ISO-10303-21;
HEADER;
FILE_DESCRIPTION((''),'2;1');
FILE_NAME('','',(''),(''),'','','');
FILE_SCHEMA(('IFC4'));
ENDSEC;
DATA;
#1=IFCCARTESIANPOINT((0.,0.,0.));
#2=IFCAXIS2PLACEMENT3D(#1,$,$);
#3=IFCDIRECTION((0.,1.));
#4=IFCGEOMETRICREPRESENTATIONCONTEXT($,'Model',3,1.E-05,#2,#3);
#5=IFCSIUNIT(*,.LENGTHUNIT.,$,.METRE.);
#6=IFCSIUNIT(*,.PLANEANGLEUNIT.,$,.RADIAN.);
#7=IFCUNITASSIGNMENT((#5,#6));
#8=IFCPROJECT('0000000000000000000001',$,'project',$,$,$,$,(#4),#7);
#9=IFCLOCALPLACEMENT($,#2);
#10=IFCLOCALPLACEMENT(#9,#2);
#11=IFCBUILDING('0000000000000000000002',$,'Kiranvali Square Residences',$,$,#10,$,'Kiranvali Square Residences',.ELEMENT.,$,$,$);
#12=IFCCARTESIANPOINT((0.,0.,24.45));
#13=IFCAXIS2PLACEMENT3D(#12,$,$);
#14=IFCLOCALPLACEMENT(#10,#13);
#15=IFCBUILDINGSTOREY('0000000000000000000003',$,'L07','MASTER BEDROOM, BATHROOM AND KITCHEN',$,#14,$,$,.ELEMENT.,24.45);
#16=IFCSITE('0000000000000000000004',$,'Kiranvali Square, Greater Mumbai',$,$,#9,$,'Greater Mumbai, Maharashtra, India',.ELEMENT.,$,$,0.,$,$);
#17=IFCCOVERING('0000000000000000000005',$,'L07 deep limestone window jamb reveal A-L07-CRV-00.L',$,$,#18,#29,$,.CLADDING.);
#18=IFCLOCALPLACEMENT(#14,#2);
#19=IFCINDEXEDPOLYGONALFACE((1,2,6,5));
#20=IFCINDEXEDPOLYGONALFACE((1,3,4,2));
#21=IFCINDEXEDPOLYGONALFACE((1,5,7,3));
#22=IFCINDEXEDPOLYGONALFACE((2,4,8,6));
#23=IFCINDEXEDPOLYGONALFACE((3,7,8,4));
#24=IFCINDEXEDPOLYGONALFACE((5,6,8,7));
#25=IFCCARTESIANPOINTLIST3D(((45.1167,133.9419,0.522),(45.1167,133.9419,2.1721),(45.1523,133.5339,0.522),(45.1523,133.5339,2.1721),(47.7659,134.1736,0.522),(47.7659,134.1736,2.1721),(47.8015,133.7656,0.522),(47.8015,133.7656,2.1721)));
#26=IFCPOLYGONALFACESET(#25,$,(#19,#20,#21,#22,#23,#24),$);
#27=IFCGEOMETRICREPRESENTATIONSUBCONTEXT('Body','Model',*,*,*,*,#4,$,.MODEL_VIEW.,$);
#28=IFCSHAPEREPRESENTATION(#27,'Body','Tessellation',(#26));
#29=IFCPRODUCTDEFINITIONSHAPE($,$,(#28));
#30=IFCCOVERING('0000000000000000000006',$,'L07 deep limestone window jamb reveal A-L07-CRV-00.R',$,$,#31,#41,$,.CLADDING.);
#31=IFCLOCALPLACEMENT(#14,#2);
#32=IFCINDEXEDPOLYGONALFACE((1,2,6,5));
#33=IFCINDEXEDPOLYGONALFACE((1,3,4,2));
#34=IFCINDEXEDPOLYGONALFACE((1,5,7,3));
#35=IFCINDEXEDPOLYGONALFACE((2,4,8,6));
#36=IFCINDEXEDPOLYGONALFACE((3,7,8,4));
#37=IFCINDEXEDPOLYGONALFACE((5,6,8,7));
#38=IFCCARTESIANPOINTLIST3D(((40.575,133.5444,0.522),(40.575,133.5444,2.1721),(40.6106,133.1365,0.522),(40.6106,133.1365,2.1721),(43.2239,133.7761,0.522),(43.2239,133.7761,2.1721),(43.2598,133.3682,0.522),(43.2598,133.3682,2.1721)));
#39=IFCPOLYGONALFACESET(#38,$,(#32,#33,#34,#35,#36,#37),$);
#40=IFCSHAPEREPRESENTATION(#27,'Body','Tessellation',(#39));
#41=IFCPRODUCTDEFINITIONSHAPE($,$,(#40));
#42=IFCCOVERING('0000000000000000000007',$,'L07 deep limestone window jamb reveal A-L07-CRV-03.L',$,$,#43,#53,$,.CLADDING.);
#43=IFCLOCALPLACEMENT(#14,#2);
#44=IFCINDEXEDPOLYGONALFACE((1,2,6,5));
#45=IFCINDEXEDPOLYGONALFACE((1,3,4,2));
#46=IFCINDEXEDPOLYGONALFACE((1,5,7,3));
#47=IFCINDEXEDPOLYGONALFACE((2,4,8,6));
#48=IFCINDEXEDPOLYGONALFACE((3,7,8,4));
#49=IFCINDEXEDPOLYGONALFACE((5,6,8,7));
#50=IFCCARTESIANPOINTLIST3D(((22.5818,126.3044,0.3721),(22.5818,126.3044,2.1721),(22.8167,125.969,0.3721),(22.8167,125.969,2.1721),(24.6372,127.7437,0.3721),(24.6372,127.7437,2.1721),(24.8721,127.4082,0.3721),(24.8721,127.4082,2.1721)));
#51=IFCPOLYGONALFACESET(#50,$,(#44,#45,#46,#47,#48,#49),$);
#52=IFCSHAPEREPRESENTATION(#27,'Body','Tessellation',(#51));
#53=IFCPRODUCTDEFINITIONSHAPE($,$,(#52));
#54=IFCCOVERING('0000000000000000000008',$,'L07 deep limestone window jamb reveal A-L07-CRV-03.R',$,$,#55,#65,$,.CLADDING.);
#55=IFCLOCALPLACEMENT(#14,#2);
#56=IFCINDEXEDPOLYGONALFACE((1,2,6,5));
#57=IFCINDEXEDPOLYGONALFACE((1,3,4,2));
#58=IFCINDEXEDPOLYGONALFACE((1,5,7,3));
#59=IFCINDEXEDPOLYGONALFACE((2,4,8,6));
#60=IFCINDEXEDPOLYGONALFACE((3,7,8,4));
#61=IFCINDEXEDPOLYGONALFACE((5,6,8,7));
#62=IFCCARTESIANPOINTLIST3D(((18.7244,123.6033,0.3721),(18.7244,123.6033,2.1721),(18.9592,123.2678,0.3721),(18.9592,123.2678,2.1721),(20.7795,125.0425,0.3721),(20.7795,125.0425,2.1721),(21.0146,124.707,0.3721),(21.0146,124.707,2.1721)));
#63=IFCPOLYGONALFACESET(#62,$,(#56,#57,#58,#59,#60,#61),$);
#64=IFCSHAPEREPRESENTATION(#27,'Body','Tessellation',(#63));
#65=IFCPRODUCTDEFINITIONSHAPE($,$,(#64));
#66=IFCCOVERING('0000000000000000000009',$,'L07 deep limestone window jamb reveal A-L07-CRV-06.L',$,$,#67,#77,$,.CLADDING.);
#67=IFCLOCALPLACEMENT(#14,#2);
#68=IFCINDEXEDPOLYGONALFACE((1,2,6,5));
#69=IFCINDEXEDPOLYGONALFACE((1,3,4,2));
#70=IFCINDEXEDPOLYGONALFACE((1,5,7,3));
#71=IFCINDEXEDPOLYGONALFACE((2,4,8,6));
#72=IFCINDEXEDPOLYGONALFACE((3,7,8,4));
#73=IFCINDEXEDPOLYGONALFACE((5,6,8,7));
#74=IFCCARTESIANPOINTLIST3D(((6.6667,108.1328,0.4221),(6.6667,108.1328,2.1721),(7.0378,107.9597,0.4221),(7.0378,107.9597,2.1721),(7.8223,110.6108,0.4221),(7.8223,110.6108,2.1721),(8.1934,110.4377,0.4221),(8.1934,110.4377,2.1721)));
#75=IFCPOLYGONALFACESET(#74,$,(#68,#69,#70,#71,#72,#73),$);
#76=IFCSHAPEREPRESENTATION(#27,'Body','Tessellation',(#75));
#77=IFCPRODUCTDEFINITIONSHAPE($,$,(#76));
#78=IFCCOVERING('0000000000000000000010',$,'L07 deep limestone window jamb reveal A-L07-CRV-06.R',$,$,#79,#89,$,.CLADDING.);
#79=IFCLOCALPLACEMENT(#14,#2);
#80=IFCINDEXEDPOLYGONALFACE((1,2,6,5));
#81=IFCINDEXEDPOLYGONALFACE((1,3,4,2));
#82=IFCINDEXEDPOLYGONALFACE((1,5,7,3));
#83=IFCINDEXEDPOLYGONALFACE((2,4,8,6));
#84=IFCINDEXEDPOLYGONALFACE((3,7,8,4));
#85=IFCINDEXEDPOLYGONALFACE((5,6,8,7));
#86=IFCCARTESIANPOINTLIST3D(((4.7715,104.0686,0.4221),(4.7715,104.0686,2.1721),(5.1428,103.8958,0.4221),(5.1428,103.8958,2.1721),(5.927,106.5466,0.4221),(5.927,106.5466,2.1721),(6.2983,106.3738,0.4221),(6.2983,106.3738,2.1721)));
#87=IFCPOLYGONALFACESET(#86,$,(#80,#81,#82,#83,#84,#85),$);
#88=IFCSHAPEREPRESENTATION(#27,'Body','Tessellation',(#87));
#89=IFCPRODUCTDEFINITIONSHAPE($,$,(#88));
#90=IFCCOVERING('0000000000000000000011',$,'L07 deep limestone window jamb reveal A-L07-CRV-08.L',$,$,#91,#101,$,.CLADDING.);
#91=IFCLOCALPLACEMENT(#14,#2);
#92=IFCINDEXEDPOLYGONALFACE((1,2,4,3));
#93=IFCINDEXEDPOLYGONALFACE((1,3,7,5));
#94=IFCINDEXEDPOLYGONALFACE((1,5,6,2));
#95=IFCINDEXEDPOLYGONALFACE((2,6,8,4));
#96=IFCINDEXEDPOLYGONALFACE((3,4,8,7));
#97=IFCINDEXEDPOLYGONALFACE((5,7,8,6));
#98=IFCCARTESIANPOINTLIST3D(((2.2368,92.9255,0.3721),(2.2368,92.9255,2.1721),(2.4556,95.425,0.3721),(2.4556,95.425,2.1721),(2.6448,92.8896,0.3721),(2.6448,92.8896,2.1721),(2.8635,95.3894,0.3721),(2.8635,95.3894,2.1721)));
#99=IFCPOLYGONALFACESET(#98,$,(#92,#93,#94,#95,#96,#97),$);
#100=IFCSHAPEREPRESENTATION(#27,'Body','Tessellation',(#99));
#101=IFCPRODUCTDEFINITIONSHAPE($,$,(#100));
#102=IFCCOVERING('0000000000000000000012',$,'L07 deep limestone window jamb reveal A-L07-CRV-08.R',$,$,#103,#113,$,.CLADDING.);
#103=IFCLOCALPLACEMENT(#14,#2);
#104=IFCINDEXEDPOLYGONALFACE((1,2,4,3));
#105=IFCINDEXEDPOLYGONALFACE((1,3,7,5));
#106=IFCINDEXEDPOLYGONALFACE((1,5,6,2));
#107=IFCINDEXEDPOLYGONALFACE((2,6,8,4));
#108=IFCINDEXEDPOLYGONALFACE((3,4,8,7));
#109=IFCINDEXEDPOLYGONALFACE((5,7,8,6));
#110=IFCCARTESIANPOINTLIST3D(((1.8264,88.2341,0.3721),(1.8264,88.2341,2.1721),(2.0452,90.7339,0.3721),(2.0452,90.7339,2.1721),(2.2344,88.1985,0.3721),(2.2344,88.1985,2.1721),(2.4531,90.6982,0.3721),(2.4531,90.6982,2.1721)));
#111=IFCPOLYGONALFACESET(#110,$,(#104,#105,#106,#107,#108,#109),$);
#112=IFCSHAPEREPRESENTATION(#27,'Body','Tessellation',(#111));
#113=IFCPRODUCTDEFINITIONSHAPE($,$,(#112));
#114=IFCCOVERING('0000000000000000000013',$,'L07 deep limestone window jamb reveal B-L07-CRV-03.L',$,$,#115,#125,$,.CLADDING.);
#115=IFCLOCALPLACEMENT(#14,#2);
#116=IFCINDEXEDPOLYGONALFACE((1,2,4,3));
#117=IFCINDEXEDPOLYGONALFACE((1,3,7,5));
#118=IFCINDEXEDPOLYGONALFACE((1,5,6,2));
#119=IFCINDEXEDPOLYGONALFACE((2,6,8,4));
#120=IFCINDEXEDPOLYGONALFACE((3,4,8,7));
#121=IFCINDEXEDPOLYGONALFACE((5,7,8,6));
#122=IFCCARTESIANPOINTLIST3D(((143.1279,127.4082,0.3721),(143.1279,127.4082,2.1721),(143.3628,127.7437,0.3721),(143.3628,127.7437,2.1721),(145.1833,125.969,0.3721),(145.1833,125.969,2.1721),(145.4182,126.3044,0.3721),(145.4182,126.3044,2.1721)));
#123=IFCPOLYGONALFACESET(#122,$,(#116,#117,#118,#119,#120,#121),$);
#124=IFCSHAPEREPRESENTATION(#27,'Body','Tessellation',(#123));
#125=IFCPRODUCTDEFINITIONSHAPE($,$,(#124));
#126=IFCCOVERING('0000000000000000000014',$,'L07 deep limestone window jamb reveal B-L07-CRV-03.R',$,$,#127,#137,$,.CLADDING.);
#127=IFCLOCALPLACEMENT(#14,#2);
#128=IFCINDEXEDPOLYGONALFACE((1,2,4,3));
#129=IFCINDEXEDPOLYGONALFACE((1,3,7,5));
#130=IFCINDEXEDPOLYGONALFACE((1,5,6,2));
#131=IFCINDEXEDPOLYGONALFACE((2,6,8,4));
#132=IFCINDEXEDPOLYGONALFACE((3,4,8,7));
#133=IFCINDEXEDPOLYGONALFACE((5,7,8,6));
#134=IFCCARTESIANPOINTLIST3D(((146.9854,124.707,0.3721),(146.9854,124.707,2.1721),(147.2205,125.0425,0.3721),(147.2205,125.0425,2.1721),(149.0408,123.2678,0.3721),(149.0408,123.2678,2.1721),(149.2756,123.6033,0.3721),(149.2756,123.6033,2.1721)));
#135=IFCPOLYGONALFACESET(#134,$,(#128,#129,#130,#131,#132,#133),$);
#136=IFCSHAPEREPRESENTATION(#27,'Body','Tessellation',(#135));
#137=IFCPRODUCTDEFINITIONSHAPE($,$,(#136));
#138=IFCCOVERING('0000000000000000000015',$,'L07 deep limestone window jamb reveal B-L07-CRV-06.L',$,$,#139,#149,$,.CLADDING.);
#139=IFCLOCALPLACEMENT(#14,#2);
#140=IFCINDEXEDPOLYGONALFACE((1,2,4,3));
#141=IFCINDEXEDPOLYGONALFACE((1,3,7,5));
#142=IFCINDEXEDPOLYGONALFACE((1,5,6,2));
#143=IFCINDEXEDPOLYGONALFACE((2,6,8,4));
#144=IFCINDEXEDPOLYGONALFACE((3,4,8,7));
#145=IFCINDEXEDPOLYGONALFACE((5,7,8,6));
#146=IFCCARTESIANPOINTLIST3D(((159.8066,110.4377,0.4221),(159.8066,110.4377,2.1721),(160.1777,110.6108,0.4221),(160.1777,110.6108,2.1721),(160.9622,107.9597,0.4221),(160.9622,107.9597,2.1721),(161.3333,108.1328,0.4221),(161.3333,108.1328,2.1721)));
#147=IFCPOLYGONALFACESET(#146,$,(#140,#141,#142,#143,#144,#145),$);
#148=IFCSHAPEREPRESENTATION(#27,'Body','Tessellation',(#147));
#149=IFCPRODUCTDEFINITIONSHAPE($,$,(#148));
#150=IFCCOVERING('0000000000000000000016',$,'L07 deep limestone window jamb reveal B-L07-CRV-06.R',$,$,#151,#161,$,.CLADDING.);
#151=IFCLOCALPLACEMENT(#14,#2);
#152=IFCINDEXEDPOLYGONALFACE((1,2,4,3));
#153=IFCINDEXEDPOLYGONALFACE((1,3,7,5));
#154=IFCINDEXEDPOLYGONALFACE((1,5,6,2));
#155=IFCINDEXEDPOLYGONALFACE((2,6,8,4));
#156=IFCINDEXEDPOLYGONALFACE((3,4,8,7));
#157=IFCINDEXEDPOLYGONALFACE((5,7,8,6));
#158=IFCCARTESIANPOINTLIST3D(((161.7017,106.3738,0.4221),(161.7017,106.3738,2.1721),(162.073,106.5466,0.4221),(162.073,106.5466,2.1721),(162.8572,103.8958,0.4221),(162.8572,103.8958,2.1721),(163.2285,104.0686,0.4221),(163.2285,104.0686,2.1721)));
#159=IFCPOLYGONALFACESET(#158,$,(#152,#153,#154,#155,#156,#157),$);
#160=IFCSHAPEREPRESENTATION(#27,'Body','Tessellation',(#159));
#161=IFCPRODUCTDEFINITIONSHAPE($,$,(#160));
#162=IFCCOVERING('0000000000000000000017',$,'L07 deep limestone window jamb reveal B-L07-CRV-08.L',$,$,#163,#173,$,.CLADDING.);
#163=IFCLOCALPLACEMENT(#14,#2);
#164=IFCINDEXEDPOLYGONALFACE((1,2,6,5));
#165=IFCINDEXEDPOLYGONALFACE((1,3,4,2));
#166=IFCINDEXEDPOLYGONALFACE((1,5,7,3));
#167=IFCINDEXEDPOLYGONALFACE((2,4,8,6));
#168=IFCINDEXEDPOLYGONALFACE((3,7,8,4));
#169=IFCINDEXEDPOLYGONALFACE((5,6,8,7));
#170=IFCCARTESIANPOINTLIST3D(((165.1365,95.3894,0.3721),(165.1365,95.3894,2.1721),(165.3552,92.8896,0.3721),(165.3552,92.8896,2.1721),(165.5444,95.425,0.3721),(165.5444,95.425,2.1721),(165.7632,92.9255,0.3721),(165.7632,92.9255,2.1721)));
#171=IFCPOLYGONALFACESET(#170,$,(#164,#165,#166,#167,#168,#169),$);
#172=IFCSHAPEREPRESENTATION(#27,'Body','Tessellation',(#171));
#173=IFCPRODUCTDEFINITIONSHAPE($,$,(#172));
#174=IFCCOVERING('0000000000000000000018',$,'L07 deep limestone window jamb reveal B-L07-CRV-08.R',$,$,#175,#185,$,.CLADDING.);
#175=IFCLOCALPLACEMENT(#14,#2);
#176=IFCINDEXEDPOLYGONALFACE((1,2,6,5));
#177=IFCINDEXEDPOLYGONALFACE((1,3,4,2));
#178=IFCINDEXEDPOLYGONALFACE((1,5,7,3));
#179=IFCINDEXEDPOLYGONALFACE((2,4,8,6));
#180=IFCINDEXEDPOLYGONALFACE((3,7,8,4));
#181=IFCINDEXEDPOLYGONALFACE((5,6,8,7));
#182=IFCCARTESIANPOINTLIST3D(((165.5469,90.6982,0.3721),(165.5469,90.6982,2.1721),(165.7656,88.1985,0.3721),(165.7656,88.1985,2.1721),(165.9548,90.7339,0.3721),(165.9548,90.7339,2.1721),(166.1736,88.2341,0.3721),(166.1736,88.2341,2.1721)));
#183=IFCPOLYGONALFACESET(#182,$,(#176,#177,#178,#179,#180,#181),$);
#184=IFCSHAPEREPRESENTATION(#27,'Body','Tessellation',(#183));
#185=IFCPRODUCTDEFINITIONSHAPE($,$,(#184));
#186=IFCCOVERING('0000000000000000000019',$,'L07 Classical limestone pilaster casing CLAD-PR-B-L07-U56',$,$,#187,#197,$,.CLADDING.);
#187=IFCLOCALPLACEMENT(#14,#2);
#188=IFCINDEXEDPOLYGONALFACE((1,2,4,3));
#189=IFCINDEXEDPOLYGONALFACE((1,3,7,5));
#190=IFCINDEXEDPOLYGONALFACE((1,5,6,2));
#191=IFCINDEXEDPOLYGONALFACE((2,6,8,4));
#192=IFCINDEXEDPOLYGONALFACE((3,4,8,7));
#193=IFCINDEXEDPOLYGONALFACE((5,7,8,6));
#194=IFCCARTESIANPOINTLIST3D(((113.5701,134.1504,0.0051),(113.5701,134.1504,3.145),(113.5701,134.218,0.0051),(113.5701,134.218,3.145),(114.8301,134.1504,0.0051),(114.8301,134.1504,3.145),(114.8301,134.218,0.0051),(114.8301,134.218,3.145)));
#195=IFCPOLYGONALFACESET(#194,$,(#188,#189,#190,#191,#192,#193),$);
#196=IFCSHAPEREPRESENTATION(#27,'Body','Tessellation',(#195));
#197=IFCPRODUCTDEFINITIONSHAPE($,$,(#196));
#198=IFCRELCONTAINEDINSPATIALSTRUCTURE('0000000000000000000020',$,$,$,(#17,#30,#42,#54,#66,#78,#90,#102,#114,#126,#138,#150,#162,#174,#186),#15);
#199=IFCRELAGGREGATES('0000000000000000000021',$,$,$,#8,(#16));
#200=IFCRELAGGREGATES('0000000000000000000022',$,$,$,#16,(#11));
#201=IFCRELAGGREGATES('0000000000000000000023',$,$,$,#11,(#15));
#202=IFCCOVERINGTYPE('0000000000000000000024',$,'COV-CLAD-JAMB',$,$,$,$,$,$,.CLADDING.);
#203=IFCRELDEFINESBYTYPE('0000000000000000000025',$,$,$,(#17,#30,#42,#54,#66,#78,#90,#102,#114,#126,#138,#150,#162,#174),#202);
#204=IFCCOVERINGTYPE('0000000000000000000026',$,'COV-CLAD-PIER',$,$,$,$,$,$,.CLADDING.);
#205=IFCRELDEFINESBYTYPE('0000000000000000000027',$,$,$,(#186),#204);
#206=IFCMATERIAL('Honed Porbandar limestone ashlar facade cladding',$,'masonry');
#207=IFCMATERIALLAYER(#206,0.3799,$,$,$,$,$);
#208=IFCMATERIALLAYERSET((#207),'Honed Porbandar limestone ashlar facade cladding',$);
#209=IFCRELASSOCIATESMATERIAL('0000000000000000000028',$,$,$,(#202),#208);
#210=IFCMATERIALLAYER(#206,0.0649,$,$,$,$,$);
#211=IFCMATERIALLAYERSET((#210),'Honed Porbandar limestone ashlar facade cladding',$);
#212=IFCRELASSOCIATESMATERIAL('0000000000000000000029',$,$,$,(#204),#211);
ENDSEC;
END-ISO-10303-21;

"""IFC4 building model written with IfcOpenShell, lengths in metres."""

from ifc_helpers import new_model, si_unit, direction, frame, origin, place, context, subcontext, project, spatial, polyline, outline, extrude, material, layer, layer_set, type_object, element, save


model = new_model("IFC4")

# Units and contexts
model_context = context("Model", 3, precision=1e-05, world=origin(), true_north=direction((0.0, 1.0)))
body_context = subcontext(model_context, "Body", "Model", "MODEL_VIEW")
ifc_project = project(units=[si_unit("LENGTHUNIT", "METRE"), si_unit("PLANEANGLEUNIT", "RADIAN")], contexts=[model_context])

# Site, building, storey
site_placement = place(None, origin())
site = spatial("IfcSite", under=ifc_project, at=site_placement, Name="Kiranvali Square, Greater Mumbai", LongName="Greater Mumbai, Maharashtra, India", CompositionType="ELEMENT", RefElevation=0.0)
building_placement = place(site_placement, origin())
building = spatial("IfcBuilding", under=site, at=building_placement, Name="Kiranvali Square Residences", LongName="Kiranvali Square Residences", CompositionType="ELEMENT")
storey_placement = place(building_placement, frame((0.0, 0.0, 24.45)))
storey = spatial("IfcBuildingStorey", under=building, at=storey_placement, Name="L07", Description="MASTER BEDROOM, BATHROOM AND KITCHEN", CompositionType="ELEMENT", Elevation=24.45)

# Coverings
ifc_material = material(Name="Honed Porbandar limestone ashlar facade cladding", Category="masonry")
ifc_layer_1 = layer(ifc_material, 0.3799)
ifc_layer_set_1 = layer_set([ifc_layer_1], Name="Honed Porbandar limestone ashlar facade cladding")
covering_type_1 = type_object("IfcCoveringType", Name="COV-CLAD-JAMB", PredefinedType="CLADDING", material=ifc_layer_set_1)
covering_1_placement = place(storey_placement, frame((0.0, 0.0, 0.522)))
element("IfcCovering", 1, at=covering_1_placement, inside=storey, type_object=covering_type_1, Name="L07 deep limestone window jamb reveal A-L07-CRV-00.L", PredefinedType="CLADDING", context=body_context, shape_type="SweptSolid", body=[
    extrude(outline(polyline([(47.7659, 134.1736), (45.1167, 133.9419), (45.1523, 133.5339), (47.8015, 133.7656), (47.7659, 134.1736)])), origin(), (0.0, 0.0, 1.0), 1.6501),
])
covering_2_placement = place(storey_placement, frame((0.0, 0.0, 0.522)))
element("IfcCovering", 2, at=covering_2_placement, inside=storey, type_object=covering_type_1, Name="L07 deep limestone window jamb reveal A-L07-CRV-00.R", PredefinedType="CLADDING", context=body_context, shape_type="SweptSolid", body=[
    extrude(outline(polyline([(43.2239, 133.7761), (40.575, 133.5444), (40.6106, 133.1365), (43.2598, 133.3682), (43.2239, 133.7761)])), origin(), (0.0, 0.0, 1.0), 1.6501),
])
covering_3_placement = place(storey_placement, frame((0.0, 0.0, 0.3721)))
element("IfcCovering", 3, at=covering_3_placement, inside=storey, type_object=covering_type_1, Name="L07 deep limestone window jamb reveal A-L07-CRV-03.L", PredefinedType="CLADDING", context=body_context, shape_type="SweptSolid", body=[
    extrude(outline(polyline([(24.6372, 127.7437), (22.5818, 126.3044), (22.8167, 125.969), (24.8721, 127.4082), (24.6372, 127.7437)])), origin(), (0.0, 0.0, 1.0), 1.8),
])
covering_4_placement = place(storey_placement, frame((0.0, 0.0, 0.3721)))
element("IfcCovering", 4, at=covering_4_placement, inside=storey, type_object=covering_type_1, Name="L07 deep limestone window jamb reveal A-L07-CRV-03.R", PredefinedType="CLADDING", context=body_context, shape_type="SweptSolid", body=[
    extrude(outline(polyline([(20.7795, 125.0425), (18.7244, 123.6033), (18.9592, 123.2678), (21.0146, 124.707), (20.7795, 125.0425)])), origin(), (0.0, 0.0, 1.0), 1.8),
])
covering_5_placement = place(storey_placement, frame((0.0, 0.0, 0.4221)))
element("IfcCovering", 5, at=covering_5_placement, inside=storey, type_object=covering_type_1, Name="L07 deep limestone window jamb reveal A-L07-CRV-06.L", PredefinedType="CLADDING", context=body_context, shape_type="SweptSolid", body=[
    extrude(outline(polyline([(7.8223, 110.6108), (6.6667, 108.1328), (7.0378, 107.9597), (8.1934, 110.4377), (7.8223, 110.6108)])), origin(), (0.0, 0.0, 1.0), 1.75),
])
covering_6_placement = place(storey_placement, frame((0.0, 0.0, 0.4221)))
element("IfcCovering", 6, at=covering_6_placement, inside=storey, type_object=covering_type_1, Name="L07 deep limestone window jamb reveal A-L07-CRV-06.R", PredefinedType="CLADDING", context=body_context, shape_type="SweptSolid", body=[
    extrude(outline(polyline([(5.927, 106.5466), (4.7715, 104.0686), (5.1428, 103.8958), (6.2983, 106.3738), (5.927, 106.5466)])), origin(), (0.0, 0.0, 1.0), 1.75),
])
covering_7_placement = place(storey_placement, frame((0.0, 0.0, 0.3721)))
element("IfcCovering", 7, at=covering_7_placement, inside=storey, type_object=covering_type_1, Name="L07 deep limestone window jamb reveal A-L07-CRV-08.L", PredefinedType="CLADDING", context=body_context, shape_type="SweptSolid", body=[
    extrude(outline(polyline([(2.4556, 95.425), (2.2368, 92.9255), (2.6448, 92.8896), (2.8635, 95.3894), (2.4556, 95.425)])), origin(), (0.0, 0.0, 1.0), 1.8),
])
covering_8_placement = place(storey_placement, frame((0.0, 0.0, 0.3721)))
element("IfcCovering", 8, at=covering_8_placement, inside=storey, type_object=covering_type_1, Name="L07 deep limestone window jamb reveal A-L07-CRV-08.R", PredefinedType="CLADDING", context=body_context, shape_type="SweptSolid", body=[
    extrude(outline(polyline([(2.0452, 90.7339), (1.8264, 88.2341), (2.2344, 88.1985), (2.4531, 90.6982), (2.0452, 90.7339)])), origin(), (0.0, 0.0, 1.0), 1.8),
])
covering_9_placement = place(storey_placement, frame((0.0, 0.0, 0.3721)))
element("IfcCovering", 9, at=covering_9_placement, inside=storey, type_object=covering_type_1, Name="L07 deep limestone window jamb reveal B-L07-CRV-03.L", PredefinedType="CLADDING", context=body_context, shape_type="SweptSolid", body=[
    extrude(outline(polyline([(143.1279, 127.4082), (145.1833, 125.969), (145.4182, 126.3044), (143.3628, 127.7437), (143.1279, 127.4082)])), origin(), (0.0, 0.0, 1.0), 1.8),
])
covering_10_placement = place(storey_placement, frame((0.0, 0.0, 0.3721)))
element("IfcCovering", 10, at=covering_10_placement, inside=storey, type_object=covering_type_1, Name="L07 deep limestone window jamb reveal B-L07-CRV-03.R", PredefinedType="CLADDING", context=body_context, shape_type="SweptSolid", body=[
    extrude(outline(polyline([(146.9854, 124.707), (149.0408, 123.2678), (149.2756, 123.6033), (147.2205, 125.0425), (146.9854, 124.707)])), origin(), (0.0, 0.0, 1.0), 1.8),
])
covering_11_placement = place(storey_placement, frame((0.0, 0.0, 0.4221)))
element("IfcCovering", 11, at=covering_11_placement, inside=storey, type_object=covering_type_1, Name="L07 deep limestone window jamb reveal B-L07-CRV-06.L", PredefinedType="CLADDING", context=body_context, shape_type="SweptSolid", body=[
    extrude(outline(polyline([(159.8066, 110.4377), (160.9622, 107.9597), (161.3333, 108.1328), (160.1777, 110.6108), (159.8066, 110.4377)])), origin(), (0.0, 0.0, 1.0), 1.75),
])
covering_12_placement = place(storey_placement, frame((0.0, 0.0, 0.4221)))
element("IfcCovering", 12, at=covering_12_placement, inside=storey, type_object=covering_type_1, Name="L07 deep limestone window jamb reveal B-L07-CRV-06.R", PredefinedType="CLADDING", context=body_context, shape_type="SweptSolid", body=[
    extrude(outline(polyline([(161.7017, 106.3738), (162.8572, 103.8958), (163.2285, 104.0686), (162.073, 106.5466), (161.7017, 106.3738)])), origin(), (0.0, 0.0, 1.0), 1.75),
])
covering_13_placement = place(storey_placement, frame((0.0, 0.0, 0.3721)))
element("IfcCovering", 13, at=covering_13_placement, inside=storey, type_object=covering_type_1, Name="L07 deep limestone window jamb reveal B-L07-CRV-08.L", PredefinedType="CLADDING", context=body_context, shape_type="SweptSolid", body=[
    extrude(outline(polyline([(165.1365, 95.3894), (165.3552, 92.8896), (165.7632, 92.9255), (165.5444, 95.425), (165.1365, 95.3894)])), origin(), (0.0, 0.0, 1.0), 1.8),
])
covering_14_placement = place(storey_placement, frame((0.0, 0.0, 0.3721)))
element("IfcCovering", 14, at=covering_14_placement, inside=storey, type_object=covering_type_1, Name="L07 deep limestone window jamb reveal B-L07-CRV-08.R", PredefinedType="CLADDING", context=body_context, shape_type="SweptSolid", body=[
    extrude(outline(polyline([(165.5469, 90.6982), (165.7656, 88.1985), (166.1736, 88.2341), (165.9548, 90.7339), (165.5469, 90.6982)])), origin(), (0.0, 0.0, 1.0), 1.8),
])
ifc_layer_2 = layer(ifc_material, 0.0649)
ifc_layer_set_2 = layer_set([ifc_layer_2], Name="Honed Porbandar limestone ashlar facade cladding")
covering_type_2 = type_object("IfcCoveringType", Name="COV-CLAD-PIER", PredefinedType="CLADDING", material=ifc_layer_set_2)
covering_15_placement = place(storey_placement, frame((0.0, 0.0, 0.0051)))
element("IfcCovering", 15, at=covering_15_placement, inside=storey, type_object=covering_type_2, Name="L07 Classical limestone pilaster casing CLAD-PR-B-L07-U56", PredefinedType="CLADDING", context=body_context, shape_type="SweptSolid", body=[
    extrude(outline(polyline([(114.8301, 134.218), (113.5701, 134.218), (113.5701, 134.1504), (114.8301, 134.1504), (114.8301, 134.218)])), origin(), (0.0, 0.0, 1.0), 3.1399),
])

save(model, "model.ifc")
